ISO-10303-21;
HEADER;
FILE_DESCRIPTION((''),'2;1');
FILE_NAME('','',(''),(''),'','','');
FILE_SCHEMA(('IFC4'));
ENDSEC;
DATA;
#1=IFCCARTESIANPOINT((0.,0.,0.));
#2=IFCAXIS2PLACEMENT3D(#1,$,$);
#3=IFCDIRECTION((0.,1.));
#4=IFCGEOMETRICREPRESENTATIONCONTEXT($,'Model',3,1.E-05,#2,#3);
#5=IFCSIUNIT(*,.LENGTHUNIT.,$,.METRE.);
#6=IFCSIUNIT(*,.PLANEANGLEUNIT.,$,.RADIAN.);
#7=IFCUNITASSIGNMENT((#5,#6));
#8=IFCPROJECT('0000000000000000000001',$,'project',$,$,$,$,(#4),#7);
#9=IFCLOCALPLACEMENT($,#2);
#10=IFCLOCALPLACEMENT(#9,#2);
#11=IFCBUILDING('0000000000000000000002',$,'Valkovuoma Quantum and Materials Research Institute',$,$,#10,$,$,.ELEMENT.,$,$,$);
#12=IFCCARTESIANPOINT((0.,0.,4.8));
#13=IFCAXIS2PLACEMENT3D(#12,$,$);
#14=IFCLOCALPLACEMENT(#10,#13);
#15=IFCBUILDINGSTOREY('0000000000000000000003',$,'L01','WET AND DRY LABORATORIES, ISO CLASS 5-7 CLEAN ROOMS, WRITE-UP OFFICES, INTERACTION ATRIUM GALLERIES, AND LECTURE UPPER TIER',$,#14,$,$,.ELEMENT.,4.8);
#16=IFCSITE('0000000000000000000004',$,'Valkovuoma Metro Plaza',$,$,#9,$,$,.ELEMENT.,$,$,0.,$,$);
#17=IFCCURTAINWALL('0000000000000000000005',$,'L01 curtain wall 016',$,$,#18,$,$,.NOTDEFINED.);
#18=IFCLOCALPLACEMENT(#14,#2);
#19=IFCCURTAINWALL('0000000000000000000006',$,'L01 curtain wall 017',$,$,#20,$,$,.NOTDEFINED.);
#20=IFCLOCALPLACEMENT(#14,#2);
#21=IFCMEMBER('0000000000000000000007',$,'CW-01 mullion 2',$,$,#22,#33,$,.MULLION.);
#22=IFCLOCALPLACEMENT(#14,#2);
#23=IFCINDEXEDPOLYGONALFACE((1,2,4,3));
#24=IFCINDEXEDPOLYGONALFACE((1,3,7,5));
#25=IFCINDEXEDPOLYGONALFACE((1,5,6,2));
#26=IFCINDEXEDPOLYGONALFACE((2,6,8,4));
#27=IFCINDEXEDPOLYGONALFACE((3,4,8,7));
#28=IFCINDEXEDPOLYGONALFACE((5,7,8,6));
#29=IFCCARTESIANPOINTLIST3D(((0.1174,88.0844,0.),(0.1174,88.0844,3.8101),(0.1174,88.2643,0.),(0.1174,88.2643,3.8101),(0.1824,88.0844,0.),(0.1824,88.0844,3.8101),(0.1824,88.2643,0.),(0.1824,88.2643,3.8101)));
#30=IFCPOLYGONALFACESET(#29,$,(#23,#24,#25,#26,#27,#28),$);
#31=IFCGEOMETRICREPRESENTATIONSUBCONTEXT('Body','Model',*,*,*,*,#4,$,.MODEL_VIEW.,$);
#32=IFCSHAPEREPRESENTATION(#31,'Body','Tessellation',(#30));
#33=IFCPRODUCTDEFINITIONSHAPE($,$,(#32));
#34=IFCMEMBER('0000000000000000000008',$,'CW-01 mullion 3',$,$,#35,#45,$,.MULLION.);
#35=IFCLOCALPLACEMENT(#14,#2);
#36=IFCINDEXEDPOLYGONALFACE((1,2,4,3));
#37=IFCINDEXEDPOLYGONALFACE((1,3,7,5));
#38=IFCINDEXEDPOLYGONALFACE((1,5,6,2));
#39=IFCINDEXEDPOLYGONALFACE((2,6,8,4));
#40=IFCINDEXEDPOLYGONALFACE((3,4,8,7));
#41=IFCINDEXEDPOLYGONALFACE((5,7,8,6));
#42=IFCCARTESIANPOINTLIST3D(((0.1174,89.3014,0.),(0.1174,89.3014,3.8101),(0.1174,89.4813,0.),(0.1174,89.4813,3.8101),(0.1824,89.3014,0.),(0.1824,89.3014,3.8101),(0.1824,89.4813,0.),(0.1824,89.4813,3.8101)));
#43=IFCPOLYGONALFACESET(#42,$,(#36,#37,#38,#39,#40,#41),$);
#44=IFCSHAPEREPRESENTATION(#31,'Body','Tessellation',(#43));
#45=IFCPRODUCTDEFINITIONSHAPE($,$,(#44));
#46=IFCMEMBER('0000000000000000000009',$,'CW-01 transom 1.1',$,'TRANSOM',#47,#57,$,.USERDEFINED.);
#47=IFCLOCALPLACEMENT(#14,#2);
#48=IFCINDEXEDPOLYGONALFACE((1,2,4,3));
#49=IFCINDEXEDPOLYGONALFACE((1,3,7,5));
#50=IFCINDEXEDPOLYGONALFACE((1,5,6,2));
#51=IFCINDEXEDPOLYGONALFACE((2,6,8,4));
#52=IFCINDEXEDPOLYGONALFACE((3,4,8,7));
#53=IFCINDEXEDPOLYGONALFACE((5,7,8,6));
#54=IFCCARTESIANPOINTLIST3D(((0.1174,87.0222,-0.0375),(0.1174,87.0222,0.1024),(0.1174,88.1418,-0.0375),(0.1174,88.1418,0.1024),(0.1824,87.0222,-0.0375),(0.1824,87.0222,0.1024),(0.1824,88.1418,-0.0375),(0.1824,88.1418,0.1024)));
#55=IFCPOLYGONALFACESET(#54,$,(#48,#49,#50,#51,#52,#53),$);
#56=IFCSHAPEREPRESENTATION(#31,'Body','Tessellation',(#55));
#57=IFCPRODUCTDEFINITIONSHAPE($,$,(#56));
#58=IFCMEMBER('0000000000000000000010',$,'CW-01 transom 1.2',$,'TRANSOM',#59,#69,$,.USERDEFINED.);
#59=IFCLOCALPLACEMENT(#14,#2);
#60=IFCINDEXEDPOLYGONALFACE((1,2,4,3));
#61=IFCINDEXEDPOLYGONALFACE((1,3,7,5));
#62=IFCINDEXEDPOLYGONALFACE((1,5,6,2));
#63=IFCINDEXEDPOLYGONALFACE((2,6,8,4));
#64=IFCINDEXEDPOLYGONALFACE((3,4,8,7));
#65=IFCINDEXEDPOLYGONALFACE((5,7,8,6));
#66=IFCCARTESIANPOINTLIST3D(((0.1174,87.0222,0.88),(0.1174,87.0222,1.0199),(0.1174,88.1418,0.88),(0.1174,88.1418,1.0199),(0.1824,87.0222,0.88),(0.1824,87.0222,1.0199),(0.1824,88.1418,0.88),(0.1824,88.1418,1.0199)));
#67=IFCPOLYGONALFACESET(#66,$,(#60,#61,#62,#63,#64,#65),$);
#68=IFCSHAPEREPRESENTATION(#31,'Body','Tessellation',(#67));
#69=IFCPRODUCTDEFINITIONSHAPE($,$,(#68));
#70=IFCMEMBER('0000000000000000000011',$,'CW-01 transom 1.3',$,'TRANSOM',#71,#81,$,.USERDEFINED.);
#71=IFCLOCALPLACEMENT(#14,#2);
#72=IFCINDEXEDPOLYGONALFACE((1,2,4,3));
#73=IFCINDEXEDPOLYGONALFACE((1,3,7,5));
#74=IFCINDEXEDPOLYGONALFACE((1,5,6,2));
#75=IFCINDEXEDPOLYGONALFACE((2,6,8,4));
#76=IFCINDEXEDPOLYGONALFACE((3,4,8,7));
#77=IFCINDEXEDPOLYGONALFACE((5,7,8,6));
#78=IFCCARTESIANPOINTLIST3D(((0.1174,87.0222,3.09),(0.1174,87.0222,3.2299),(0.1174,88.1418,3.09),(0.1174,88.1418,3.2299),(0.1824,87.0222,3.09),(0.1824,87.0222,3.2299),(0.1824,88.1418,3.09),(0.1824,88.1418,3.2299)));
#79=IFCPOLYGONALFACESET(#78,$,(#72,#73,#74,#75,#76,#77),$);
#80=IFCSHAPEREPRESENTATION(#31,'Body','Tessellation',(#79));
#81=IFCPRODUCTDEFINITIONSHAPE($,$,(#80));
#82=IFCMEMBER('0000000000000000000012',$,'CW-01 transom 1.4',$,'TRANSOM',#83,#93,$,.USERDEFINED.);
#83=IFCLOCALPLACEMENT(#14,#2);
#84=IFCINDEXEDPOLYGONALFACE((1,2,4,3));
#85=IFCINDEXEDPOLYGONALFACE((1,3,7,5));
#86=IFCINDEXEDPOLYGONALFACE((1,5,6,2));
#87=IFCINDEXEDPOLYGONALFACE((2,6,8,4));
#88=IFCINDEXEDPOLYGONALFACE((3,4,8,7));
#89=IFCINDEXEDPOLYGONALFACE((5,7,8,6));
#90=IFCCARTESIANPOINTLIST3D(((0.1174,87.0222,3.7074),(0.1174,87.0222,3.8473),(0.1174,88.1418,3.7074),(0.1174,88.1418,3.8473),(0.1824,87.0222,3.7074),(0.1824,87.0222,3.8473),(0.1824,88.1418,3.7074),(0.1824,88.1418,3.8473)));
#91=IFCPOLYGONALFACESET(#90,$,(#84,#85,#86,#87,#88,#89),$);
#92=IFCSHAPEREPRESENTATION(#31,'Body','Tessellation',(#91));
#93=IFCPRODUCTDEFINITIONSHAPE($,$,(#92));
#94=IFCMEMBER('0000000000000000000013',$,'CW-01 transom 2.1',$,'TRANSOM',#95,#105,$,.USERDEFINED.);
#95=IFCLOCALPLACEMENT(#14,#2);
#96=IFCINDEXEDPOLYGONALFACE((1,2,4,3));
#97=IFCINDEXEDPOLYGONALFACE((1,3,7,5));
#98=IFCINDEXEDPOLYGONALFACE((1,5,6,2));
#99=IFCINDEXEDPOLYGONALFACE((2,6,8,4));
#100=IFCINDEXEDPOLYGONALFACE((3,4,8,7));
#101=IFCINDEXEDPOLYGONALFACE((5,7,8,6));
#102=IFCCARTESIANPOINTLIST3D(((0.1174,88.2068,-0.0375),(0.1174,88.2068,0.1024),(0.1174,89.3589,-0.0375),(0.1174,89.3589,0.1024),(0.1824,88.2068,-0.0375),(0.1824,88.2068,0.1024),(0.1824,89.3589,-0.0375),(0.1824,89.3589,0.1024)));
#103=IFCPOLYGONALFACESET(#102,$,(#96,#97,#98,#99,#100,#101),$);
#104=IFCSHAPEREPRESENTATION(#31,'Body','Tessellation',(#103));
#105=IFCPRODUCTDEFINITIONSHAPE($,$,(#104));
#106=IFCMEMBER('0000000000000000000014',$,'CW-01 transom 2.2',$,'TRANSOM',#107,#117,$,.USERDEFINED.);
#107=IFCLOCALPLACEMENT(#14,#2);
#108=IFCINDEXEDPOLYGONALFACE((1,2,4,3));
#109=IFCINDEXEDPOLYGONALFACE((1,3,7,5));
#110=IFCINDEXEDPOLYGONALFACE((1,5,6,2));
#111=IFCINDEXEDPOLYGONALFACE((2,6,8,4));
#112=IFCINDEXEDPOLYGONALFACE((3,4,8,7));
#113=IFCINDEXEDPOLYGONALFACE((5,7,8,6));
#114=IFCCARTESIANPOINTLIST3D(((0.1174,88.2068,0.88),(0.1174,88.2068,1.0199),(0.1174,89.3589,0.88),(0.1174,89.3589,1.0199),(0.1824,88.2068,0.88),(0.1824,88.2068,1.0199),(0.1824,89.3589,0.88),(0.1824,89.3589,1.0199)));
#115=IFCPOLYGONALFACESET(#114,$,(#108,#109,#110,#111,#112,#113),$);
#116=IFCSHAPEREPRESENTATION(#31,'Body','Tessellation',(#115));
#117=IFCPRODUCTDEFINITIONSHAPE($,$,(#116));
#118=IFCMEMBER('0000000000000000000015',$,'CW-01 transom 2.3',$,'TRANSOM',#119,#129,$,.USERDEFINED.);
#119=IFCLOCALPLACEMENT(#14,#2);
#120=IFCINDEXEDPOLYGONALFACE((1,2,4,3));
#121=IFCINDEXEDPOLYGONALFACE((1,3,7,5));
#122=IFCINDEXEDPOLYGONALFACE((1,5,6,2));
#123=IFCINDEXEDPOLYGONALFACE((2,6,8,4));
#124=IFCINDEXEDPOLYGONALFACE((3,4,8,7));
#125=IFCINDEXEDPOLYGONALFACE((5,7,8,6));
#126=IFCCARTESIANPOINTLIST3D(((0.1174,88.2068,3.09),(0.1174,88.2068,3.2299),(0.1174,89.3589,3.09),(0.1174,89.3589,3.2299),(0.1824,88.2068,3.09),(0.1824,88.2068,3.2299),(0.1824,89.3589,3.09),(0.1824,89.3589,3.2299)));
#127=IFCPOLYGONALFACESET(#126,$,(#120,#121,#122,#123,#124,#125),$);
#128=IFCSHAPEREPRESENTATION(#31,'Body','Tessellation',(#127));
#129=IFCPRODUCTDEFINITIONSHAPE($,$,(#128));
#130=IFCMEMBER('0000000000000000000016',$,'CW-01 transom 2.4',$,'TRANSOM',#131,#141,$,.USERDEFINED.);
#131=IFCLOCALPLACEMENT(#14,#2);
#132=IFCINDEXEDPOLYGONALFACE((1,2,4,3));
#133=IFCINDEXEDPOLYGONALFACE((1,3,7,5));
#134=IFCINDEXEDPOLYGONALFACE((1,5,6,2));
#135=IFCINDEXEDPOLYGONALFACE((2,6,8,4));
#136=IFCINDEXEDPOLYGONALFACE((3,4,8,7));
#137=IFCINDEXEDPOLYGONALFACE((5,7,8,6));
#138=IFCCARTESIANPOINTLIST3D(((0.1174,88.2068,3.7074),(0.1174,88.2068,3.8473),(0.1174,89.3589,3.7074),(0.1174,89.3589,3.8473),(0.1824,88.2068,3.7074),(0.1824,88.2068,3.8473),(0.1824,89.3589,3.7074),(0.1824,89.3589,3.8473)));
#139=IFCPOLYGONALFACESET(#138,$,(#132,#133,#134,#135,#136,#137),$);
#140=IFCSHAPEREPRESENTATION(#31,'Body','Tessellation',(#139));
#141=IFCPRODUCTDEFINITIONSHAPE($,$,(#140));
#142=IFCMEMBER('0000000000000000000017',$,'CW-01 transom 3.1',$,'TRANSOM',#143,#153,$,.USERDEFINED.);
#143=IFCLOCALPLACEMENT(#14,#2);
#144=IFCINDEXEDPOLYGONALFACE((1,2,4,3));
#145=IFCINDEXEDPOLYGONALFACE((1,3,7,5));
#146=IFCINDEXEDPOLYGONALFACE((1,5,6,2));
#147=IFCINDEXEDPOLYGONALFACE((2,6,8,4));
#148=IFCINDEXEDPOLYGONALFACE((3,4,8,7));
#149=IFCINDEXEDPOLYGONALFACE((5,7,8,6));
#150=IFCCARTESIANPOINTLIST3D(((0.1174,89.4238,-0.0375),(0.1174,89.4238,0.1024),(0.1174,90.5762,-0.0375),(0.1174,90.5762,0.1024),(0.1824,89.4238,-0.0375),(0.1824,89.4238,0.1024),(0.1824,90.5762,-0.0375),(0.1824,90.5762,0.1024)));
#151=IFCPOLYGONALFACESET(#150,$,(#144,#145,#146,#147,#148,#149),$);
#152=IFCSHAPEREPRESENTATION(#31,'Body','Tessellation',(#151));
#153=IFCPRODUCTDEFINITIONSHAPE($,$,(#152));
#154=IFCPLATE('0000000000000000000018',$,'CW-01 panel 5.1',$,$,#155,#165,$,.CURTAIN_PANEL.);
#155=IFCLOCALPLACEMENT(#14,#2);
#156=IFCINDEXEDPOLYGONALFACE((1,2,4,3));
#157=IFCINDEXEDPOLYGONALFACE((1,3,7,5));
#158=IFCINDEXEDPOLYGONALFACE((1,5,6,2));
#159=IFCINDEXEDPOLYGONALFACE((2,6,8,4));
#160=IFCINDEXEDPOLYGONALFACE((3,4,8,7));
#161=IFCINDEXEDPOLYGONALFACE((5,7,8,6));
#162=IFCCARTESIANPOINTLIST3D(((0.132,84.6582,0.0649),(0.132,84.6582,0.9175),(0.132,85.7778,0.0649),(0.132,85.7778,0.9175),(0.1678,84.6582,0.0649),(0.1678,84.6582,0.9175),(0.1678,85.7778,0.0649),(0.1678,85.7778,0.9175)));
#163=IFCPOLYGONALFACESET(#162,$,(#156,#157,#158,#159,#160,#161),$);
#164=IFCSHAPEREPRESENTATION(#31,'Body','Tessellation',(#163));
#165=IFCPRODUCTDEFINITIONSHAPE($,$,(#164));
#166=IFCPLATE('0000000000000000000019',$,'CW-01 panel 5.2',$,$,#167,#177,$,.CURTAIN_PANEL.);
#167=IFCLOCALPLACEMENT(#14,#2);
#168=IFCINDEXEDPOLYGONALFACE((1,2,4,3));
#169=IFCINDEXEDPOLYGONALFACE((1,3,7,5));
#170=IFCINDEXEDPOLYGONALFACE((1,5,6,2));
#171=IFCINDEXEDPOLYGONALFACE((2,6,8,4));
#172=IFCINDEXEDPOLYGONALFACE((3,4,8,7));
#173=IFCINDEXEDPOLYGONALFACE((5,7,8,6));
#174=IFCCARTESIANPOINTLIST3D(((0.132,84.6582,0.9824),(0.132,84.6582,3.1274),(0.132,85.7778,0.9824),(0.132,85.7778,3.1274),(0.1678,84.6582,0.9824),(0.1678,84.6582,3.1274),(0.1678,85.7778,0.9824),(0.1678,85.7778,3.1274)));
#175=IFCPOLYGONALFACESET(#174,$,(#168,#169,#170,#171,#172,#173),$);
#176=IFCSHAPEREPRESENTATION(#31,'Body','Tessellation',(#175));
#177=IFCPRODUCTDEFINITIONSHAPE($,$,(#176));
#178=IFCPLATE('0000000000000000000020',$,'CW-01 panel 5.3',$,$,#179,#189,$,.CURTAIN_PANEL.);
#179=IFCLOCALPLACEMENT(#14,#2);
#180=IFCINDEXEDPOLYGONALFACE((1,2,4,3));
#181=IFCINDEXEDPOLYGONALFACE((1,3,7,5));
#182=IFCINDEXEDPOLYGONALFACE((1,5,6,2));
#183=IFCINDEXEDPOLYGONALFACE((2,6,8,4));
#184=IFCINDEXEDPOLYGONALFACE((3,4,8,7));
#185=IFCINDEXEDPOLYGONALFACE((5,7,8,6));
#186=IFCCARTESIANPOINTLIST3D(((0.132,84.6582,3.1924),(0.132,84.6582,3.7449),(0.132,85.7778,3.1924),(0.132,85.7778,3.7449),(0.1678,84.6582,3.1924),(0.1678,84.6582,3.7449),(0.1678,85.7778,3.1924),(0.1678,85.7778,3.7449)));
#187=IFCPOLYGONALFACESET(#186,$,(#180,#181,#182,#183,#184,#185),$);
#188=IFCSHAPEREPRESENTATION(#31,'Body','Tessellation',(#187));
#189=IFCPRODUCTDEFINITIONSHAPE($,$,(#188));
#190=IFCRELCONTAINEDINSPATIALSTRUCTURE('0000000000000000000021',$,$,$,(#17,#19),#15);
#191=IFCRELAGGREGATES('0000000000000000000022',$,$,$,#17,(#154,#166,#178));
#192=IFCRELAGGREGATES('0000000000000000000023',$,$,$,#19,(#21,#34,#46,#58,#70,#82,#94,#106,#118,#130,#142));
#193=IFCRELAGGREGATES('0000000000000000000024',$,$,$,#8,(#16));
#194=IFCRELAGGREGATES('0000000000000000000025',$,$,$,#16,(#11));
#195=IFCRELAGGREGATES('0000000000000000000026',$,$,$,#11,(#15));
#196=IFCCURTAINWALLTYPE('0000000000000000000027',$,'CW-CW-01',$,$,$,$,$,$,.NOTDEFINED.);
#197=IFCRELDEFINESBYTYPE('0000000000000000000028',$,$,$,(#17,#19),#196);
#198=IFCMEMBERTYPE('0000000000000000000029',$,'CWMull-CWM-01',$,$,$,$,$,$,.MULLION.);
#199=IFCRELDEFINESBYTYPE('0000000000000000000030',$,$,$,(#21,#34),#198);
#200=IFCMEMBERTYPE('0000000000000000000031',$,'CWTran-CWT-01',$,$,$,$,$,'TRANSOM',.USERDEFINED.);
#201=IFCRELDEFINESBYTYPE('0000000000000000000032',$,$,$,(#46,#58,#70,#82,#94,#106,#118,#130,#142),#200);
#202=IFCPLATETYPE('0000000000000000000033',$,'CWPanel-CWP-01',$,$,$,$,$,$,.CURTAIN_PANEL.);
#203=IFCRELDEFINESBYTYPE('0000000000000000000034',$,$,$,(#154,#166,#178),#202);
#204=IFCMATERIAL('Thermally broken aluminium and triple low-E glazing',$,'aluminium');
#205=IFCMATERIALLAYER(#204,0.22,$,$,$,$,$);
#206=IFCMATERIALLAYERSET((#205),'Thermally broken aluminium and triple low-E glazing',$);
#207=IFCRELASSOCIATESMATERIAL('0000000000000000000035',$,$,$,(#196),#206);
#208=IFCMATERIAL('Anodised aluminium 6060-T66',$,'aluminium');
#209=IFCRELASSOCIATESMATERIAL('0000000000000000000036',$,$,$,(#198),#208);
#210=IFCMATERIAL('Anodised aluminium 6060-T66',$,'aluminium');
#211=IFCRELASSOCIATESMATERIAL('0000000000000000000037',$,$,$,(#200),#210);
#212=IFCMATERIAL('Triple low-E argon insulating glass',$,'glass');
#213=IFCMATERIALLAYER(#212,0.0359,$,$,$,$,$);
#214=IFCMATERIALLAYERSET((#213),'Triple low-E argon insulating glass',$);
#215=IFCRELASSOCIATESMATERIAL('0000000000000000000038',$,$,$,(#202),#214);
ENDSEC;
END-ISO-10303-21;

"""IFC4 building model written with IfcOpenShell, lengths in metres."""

from ifc_helpers import new_model, si_unit, direction, frame, origin, origin_2d, place, context, subcontext, project, spatial, rectangle, extrude, material, layer, layer_set, material_profile, profile_set, type_object, element, aggregate, save


model = new_model("IFC4")

# Units and contexts
model_context = context("Model", 3, precision=1e-05, world=origin(), true_north=direction((0.0, 1.0)))
body_context = subcontext(model_context, "Body", "Model", "MODEL_VIEW")
ifc_project = project(units=[si_unit("LENGTHUNIT", "METRE"), si_unit("PLANEANGLEUNIT", "RADIAN")], contexts=[model_context])

# Site, building, storey
site_placement = place(None, origin())
site = spatial("IfcSite", under=ifc_project, at=site_placement, Name="Valkovuoma Metro Plaza", CompositionType="ELEMENT", RefElevation=0.0)
building_placement = place(site_placement, origin())
building = spatial("IfcBuilding", under=site, at=building_placement, Name="Valkovuoma Quantum and Materials Research Institute", CompositionType="ELEMENT")
storey_placement = place(building_placement, frame((0.0, 0.0, 4.8)))
storey = spatial("IfcBuildingStorey", under=building, at=storey_placement, Name="L01", Description="WET AND DRY LABORATORIES, ISO CLASS 5-7 CLEAN ROOMS, WRITE-UP OFFICES, INTERACTION ATRIUM GALLERIES, AND LECTURE UPPER TIER", CompositionType="ELEMENT", Elevation=4.8)

# Curtain wall
ifc_material_1 = material(Name="Thermally broken aluminium and triple low-E glazing", Category="aluminium")
ifc_layer_1 = layer(ifc_material_1, 0.22)
ifc_layer_set_1 = layer_set([ifc_layer_1], Name="Thermally broken aluminium and triple low-E glazing")
curtain_wall_type = type_object("IfcCurtainWallType", Name="CW-CW-01", PredefinedType="NOTDEFINED", material=ifc_layer_set_1)
curtain_wall_1_placement = place(storey_placement, origin())
curtain_wall_1 = element("IfcCurtainWall", 1, at=curtain_wall_1_placement, inside=storey, type_object=curtain_wall_type, Name="L01 curtain wall 016", PredefinedType="NOTDEFINED")
ifc_material_2 = material(Name="Anodised aluminium 6060-T66", Category="aluminium")
ifc_material_profile_1 = material_profile(ifc_material_2, rectangle(XDim=0.0649, YDim=0.1799, at=origin_2d()), Name="Anodised aluminium 6060-T66")
ifc_profile_set_1 = profile_set([ifc_material_profile_1], Name="Anodised aluminium 6060-T66")
member_type_1 = type_object("IfcMemberType", Name="CWMull-CWM-01", PredefinedType="MULLION", material=ifc_profile_set_1)

# Curtain wall, members
curtain_wall_2_placement = place(storey_placement, origin())
curtain_wall_2 = element("IfcCurtainWall", 2, at=curtain_wall_2_placement, inside=storey, type_object=curtain_wall_type, Name="L01 curtain wall 017", PredefinedType="NOTDEFINED")
member_1_placement = place(storey_placement, frame((0.1499, 88.1743, 0.0), z_axis=(0.0, 0.0, 1.0), x_axis=(-1.0, 0.0, 0.0)))
member_1 = element("IfcMember", 3, at=member_1_placement, type_object=member_type_1, Name="CW-01 mullion 2", PredefinedType="MULLION", context=body_context, shape_type="SweptSolid", body=[
    extrude(rectangle(XDim=0.0649, YDim=0.1799, at=origin_2d()), origin(), (0.0, 0.0, 1.0), 3.8101),
])
member_2_placement = place(storey_placement, frame((0.1499, 89.3914, 0.0), z_axis=(0.0, 0.0, 1.0), x_axis=(-1.0, 0.0, 0.0)))
member_2 = element("IfcMember", 4, at=member_2_placement, type_object=member_type_1, Name="CW-01 mullion 3", PredefinedType="MULLION", context=body_context, shape_type="SweptSolid", body=[
    extrude(rectangle(XDim=0.0649, YDim=0.1799, at=origin_2d()), origin(), (0.0, 0.0, 1.0), 3.8101),
])
ifc_material_3 = material(Name="Anodised aluminium 6060-T66", Category="aluminium")
ifc_material_profile_2 = material_profile(ifc_material_3, rectangle(XDim=0.0649, YDim=0.1399, at=origin_2d()), Name="Anodised aluminium 6060-T66")
ifc_profile_set_2 = profile_set([ifc_material_profile_2], Name="Anodised aluminium 6060-T66")
member_type_2 = type_object("IfcMemberType", Name="CWTran-CWT-01", ElementType="TRANSOM", PredefinedType="USERDEFINED", material=ifc_profile_set_2)
member_3_placement = place(storey_placement, frame((0.1499, 87.0222, 0.0325), z_axis=(0.0, 1.0, 0.0), x_axis=(-1.0, 0.0, 0.0)))
member_3 = element("IfcMember", 5, at=member_3_placement, type_object=member_type_2, Name="CW-01 transom 1.1", ObjectType="TRANSOM", PredefinedType="USERDEFINED", context=body_context, shape_type="SweptSolid", body=[
    extrude(rectangle(XDim=0.0649, YDim=0.1399, at=origin_2d()), origin(), (0.0, 0.0, 1.0), 1.1196),
])
member_4_placement = place(storey_placement, frame((0.1499, 87.0222, 0.95), z_axis=(0.0, 1.0, 0.0), x_axis=(-1.0, 0.0, 0.0)))
member_4 = element("IfcMember", 6, at=member_4_placement, type_object=member_type_2, Name="CW-01 transom 1.2", ObjectType="TRANSOM", PredefinedType="USERDEFINED", context=body_context, shape_type="SweptSolid", body=[
    extrude(rectangle(XDim=0.0649, YDim=0.1399, at=origin_2d()), origin(), (0.0, 0.0, 1.0), 1.1196),
])
member_5_placement = place(storey_placement, frame((0.1499, 87.0222, 3.1599), z_axis=(0.0, 1.0, 0.0), x_axis=(-1.0, 0.0, 0.0)))
member_5 = element("IfcMember", 7, at=member_5_placement, type_object=member_type_2, Name="CW-01 transom 1.3", ObjectType="TRANSOM", PredefinedType="USERDEFINED", context=body_context, shape_type="SweptSolid", body=[
    extrude(rectangle(XDim=0.0649, YDim=0.1399, at=origin_2d()), origin(), (0.0, 0.0, 1.0), 1.1196),
])
member_6_placement = place(storey_placement, frame((0.1499, 87.0222, 3.7773), z_axis=(0.0, 1.0, 0.0), x_axis=(-1.0, 0.0, 0.0)))
member_6 = element("IfcMember", 8, at=member_6_placement, type_object=member_type_2, Name="CW-01 transom 1.4", ObjectType="TRANSOM", PredefinedType="USERDEFINED", context=body_context, shape_type="SweptSolid", body=[
    extrude(rectangle(XDim=0.0649, YDim=0.1399, at=origin_2d()), origin(), (0.0, 0.0, 1.0), 1.1196),
])
member_7_placement = place(storey_placement, frame((0.1499, 88.2068, 0.0325), z_axis=(0.0, 1.0, 0.0), x_axis=(-1.0, 0.0, 0.0)))
member_7 = element("IfcMember", 9, at=member_7_placement, type_object=member_type_2, Name="CW-01 transom 2.1", ObjectType="TRANSOM", PredefinedType="USERDEFINED", context=body_context, shape_type="SweptSolid", body=[
    extrude(rectangle(XDim=0.0649, YDim=0.1399, at=origin_2d()), origin(), (0.0, 0.0, 1.0), 1.1521),
])
member_8_placement = place(storey_placement, frame((0.1499, 88.2068, 0.95), z_axis=(0.0, 1.0, 0.0), x_axis=(-1.0, 0.0, 0.0)))
member_8 = element("IfcMember", 10, at=member_8_placement, type_object=member_type_2, Name="CW-01 transom 2.2", ObjectType="TRANSOM", PredefinedType="USERDEFINED", context=body_context, shape_type="SweptSolid", body=[
    extrude(rectangle(XDim=0.0649, YDim=0.1399, at=origin_2d()), origin(), (0.0, 0.0, 1.0), 1.1521),
])
member_9_placement = place(storey_placement, frame((0.1499, 88.2068, 3.1599), z_axis=(0.0, 1.0, 0.0), x_axis=(-1.0, 0.0, 0.0)))
member_9 = element("IfcMember", 11, at=member_9_placement, type_object=member_type_2, Name="CW-01 transom 2.3", ObjectType="TRANSOM", PredefinedType="USERDEFINED", context=body_context, shape_type="SweptSolid", body=[
    extrude(rectangle(XDim=0.0649, YDim=0.1399, at=origin_2d()), origin(), (0.0, 0.0, 1.0), 1.1521),
])
member_10_placement = place(storey_placement, frame((0.1499, 88.2068, 3.7773), z_axis=(0.0, 1.0, 0.0), x_axis=(-1.0, 0.0, 0.0)))
member_10 = element("IfcMember", 12, at=member_10_placement, type_object=member_type_2, Name="CW-01 transom 2.4", ObjectType="TRANSOM", PredefinedType="USERDEFINED", context=body_context, shape_type="SweptSolid", body=[
    extrude(rectangle(XDim=0.0649, YDim=0.1399, at=origin_2d()), origin(), (0.0, 0.0, 1.0), 1.1521),
])
member_11_placement = place(storey_placement, frame((0.1499, 89.4238, 0.0325), z_axis=(0.0, 1.0, 0.0), x_axis=(-1.0, 0.0, 0.0)))
member_11 = element("IfcMember", 13, at=member_11_placement, type_object=member_type_2, Name="CW-01 transom 3.1", ObjectType="TRANSOM", PredefinedType="USERDEFINED", context=body_context, shape_type="SweptSolid", body=[
    extrude(rectangle(XDim=0.0649, YDim=0.1399, at=origin_2d()), origin(), (0.0, 0.0, 1.0), 1.1523),
])

# Plates
ifc_material_4 = material(Name="Triple low-E argon insulating glass", Category="glass")
ifc_layer_2 = layer(ifc_material_4, 0.0359)
ifc_layer_set_2 = layer_set([ifc_layer_2], Name="Triple low-E argon insulating glass")
plate_type = type_object("IfcPlateType", Name="CWPanel-CWP-01", PredefinedType="CURTAIN_PANEL", material=ifc_layer_set_2)
plate_1_placement = place(storey_placement, frame((0.1499, 85.218, 0.0649), z_axis=(0.0, 0.0, 1.0), x_axis=(0.0, 1.0, 0.0)))
plate_1 = element("IfcPlate", 14, at=plate_1_placement, type_object=plate_type, Name="CW-01 panel 5.1", PredefinedType="CURTAIN_PANEL", context=body_context, shape_type="SweptSolid", body=[
    extrude(rectangle(XDim=1.1196, YDim=0.0359, at=origin_2d()), origin(), (0.0, 0.0, 1.0), 0.8525),
])
plate_2_placement = place(storey_placement, frame((0.1499, 85.218, 0.9824), z_axis=(0.0, 0.0, 1.0), x_axis=(0.0, 1.0, 0.0)))
plate_2 = element("IfcPlate", 15, at=plate_2_placement, type_object=plate_type, Name="CW-01 panel 5.2", PredefinedType="CURTAIN_PANEL", context=body_context, shape_type="SweptSolid", body=[
    extrude(rectangle(XDim=1.1196, YDim=0.0359, at=origin_2d()), origin(), (0.0, 0.0, 1.0), 2.145),
])
plate_3_placement = place(storey_placement, frame((0.1499, 85.218, 3.1924), z_axis=(0.0, 0.0, 1.0), x_axis=(0.0, 1.0, 0.0)))
plate_3 = element("IfcPlate", 16, at=plate_3_placement, type_object=plate_type, Name="CW-01 panel 5.3", PredefinedType="CURTAIN_PANEL", context=body_context, shape_type="SweptSolid", body=[
    extrude(rectangle(XDim=1.1196, YDim=0.0359, at=origin_2d()), origin(), (0.0, 0.0, 1.0), 0.5525),
])
aggregate(curtain_wall_1, [plate_1, plate_2, plate_3])
aggregate(curtain_wall_2, [member_1, member_2, member_3, member_4, member_5, member_6, member_7, member_8, member_9, member_10, member_11])

save(model, "model.ifc")
